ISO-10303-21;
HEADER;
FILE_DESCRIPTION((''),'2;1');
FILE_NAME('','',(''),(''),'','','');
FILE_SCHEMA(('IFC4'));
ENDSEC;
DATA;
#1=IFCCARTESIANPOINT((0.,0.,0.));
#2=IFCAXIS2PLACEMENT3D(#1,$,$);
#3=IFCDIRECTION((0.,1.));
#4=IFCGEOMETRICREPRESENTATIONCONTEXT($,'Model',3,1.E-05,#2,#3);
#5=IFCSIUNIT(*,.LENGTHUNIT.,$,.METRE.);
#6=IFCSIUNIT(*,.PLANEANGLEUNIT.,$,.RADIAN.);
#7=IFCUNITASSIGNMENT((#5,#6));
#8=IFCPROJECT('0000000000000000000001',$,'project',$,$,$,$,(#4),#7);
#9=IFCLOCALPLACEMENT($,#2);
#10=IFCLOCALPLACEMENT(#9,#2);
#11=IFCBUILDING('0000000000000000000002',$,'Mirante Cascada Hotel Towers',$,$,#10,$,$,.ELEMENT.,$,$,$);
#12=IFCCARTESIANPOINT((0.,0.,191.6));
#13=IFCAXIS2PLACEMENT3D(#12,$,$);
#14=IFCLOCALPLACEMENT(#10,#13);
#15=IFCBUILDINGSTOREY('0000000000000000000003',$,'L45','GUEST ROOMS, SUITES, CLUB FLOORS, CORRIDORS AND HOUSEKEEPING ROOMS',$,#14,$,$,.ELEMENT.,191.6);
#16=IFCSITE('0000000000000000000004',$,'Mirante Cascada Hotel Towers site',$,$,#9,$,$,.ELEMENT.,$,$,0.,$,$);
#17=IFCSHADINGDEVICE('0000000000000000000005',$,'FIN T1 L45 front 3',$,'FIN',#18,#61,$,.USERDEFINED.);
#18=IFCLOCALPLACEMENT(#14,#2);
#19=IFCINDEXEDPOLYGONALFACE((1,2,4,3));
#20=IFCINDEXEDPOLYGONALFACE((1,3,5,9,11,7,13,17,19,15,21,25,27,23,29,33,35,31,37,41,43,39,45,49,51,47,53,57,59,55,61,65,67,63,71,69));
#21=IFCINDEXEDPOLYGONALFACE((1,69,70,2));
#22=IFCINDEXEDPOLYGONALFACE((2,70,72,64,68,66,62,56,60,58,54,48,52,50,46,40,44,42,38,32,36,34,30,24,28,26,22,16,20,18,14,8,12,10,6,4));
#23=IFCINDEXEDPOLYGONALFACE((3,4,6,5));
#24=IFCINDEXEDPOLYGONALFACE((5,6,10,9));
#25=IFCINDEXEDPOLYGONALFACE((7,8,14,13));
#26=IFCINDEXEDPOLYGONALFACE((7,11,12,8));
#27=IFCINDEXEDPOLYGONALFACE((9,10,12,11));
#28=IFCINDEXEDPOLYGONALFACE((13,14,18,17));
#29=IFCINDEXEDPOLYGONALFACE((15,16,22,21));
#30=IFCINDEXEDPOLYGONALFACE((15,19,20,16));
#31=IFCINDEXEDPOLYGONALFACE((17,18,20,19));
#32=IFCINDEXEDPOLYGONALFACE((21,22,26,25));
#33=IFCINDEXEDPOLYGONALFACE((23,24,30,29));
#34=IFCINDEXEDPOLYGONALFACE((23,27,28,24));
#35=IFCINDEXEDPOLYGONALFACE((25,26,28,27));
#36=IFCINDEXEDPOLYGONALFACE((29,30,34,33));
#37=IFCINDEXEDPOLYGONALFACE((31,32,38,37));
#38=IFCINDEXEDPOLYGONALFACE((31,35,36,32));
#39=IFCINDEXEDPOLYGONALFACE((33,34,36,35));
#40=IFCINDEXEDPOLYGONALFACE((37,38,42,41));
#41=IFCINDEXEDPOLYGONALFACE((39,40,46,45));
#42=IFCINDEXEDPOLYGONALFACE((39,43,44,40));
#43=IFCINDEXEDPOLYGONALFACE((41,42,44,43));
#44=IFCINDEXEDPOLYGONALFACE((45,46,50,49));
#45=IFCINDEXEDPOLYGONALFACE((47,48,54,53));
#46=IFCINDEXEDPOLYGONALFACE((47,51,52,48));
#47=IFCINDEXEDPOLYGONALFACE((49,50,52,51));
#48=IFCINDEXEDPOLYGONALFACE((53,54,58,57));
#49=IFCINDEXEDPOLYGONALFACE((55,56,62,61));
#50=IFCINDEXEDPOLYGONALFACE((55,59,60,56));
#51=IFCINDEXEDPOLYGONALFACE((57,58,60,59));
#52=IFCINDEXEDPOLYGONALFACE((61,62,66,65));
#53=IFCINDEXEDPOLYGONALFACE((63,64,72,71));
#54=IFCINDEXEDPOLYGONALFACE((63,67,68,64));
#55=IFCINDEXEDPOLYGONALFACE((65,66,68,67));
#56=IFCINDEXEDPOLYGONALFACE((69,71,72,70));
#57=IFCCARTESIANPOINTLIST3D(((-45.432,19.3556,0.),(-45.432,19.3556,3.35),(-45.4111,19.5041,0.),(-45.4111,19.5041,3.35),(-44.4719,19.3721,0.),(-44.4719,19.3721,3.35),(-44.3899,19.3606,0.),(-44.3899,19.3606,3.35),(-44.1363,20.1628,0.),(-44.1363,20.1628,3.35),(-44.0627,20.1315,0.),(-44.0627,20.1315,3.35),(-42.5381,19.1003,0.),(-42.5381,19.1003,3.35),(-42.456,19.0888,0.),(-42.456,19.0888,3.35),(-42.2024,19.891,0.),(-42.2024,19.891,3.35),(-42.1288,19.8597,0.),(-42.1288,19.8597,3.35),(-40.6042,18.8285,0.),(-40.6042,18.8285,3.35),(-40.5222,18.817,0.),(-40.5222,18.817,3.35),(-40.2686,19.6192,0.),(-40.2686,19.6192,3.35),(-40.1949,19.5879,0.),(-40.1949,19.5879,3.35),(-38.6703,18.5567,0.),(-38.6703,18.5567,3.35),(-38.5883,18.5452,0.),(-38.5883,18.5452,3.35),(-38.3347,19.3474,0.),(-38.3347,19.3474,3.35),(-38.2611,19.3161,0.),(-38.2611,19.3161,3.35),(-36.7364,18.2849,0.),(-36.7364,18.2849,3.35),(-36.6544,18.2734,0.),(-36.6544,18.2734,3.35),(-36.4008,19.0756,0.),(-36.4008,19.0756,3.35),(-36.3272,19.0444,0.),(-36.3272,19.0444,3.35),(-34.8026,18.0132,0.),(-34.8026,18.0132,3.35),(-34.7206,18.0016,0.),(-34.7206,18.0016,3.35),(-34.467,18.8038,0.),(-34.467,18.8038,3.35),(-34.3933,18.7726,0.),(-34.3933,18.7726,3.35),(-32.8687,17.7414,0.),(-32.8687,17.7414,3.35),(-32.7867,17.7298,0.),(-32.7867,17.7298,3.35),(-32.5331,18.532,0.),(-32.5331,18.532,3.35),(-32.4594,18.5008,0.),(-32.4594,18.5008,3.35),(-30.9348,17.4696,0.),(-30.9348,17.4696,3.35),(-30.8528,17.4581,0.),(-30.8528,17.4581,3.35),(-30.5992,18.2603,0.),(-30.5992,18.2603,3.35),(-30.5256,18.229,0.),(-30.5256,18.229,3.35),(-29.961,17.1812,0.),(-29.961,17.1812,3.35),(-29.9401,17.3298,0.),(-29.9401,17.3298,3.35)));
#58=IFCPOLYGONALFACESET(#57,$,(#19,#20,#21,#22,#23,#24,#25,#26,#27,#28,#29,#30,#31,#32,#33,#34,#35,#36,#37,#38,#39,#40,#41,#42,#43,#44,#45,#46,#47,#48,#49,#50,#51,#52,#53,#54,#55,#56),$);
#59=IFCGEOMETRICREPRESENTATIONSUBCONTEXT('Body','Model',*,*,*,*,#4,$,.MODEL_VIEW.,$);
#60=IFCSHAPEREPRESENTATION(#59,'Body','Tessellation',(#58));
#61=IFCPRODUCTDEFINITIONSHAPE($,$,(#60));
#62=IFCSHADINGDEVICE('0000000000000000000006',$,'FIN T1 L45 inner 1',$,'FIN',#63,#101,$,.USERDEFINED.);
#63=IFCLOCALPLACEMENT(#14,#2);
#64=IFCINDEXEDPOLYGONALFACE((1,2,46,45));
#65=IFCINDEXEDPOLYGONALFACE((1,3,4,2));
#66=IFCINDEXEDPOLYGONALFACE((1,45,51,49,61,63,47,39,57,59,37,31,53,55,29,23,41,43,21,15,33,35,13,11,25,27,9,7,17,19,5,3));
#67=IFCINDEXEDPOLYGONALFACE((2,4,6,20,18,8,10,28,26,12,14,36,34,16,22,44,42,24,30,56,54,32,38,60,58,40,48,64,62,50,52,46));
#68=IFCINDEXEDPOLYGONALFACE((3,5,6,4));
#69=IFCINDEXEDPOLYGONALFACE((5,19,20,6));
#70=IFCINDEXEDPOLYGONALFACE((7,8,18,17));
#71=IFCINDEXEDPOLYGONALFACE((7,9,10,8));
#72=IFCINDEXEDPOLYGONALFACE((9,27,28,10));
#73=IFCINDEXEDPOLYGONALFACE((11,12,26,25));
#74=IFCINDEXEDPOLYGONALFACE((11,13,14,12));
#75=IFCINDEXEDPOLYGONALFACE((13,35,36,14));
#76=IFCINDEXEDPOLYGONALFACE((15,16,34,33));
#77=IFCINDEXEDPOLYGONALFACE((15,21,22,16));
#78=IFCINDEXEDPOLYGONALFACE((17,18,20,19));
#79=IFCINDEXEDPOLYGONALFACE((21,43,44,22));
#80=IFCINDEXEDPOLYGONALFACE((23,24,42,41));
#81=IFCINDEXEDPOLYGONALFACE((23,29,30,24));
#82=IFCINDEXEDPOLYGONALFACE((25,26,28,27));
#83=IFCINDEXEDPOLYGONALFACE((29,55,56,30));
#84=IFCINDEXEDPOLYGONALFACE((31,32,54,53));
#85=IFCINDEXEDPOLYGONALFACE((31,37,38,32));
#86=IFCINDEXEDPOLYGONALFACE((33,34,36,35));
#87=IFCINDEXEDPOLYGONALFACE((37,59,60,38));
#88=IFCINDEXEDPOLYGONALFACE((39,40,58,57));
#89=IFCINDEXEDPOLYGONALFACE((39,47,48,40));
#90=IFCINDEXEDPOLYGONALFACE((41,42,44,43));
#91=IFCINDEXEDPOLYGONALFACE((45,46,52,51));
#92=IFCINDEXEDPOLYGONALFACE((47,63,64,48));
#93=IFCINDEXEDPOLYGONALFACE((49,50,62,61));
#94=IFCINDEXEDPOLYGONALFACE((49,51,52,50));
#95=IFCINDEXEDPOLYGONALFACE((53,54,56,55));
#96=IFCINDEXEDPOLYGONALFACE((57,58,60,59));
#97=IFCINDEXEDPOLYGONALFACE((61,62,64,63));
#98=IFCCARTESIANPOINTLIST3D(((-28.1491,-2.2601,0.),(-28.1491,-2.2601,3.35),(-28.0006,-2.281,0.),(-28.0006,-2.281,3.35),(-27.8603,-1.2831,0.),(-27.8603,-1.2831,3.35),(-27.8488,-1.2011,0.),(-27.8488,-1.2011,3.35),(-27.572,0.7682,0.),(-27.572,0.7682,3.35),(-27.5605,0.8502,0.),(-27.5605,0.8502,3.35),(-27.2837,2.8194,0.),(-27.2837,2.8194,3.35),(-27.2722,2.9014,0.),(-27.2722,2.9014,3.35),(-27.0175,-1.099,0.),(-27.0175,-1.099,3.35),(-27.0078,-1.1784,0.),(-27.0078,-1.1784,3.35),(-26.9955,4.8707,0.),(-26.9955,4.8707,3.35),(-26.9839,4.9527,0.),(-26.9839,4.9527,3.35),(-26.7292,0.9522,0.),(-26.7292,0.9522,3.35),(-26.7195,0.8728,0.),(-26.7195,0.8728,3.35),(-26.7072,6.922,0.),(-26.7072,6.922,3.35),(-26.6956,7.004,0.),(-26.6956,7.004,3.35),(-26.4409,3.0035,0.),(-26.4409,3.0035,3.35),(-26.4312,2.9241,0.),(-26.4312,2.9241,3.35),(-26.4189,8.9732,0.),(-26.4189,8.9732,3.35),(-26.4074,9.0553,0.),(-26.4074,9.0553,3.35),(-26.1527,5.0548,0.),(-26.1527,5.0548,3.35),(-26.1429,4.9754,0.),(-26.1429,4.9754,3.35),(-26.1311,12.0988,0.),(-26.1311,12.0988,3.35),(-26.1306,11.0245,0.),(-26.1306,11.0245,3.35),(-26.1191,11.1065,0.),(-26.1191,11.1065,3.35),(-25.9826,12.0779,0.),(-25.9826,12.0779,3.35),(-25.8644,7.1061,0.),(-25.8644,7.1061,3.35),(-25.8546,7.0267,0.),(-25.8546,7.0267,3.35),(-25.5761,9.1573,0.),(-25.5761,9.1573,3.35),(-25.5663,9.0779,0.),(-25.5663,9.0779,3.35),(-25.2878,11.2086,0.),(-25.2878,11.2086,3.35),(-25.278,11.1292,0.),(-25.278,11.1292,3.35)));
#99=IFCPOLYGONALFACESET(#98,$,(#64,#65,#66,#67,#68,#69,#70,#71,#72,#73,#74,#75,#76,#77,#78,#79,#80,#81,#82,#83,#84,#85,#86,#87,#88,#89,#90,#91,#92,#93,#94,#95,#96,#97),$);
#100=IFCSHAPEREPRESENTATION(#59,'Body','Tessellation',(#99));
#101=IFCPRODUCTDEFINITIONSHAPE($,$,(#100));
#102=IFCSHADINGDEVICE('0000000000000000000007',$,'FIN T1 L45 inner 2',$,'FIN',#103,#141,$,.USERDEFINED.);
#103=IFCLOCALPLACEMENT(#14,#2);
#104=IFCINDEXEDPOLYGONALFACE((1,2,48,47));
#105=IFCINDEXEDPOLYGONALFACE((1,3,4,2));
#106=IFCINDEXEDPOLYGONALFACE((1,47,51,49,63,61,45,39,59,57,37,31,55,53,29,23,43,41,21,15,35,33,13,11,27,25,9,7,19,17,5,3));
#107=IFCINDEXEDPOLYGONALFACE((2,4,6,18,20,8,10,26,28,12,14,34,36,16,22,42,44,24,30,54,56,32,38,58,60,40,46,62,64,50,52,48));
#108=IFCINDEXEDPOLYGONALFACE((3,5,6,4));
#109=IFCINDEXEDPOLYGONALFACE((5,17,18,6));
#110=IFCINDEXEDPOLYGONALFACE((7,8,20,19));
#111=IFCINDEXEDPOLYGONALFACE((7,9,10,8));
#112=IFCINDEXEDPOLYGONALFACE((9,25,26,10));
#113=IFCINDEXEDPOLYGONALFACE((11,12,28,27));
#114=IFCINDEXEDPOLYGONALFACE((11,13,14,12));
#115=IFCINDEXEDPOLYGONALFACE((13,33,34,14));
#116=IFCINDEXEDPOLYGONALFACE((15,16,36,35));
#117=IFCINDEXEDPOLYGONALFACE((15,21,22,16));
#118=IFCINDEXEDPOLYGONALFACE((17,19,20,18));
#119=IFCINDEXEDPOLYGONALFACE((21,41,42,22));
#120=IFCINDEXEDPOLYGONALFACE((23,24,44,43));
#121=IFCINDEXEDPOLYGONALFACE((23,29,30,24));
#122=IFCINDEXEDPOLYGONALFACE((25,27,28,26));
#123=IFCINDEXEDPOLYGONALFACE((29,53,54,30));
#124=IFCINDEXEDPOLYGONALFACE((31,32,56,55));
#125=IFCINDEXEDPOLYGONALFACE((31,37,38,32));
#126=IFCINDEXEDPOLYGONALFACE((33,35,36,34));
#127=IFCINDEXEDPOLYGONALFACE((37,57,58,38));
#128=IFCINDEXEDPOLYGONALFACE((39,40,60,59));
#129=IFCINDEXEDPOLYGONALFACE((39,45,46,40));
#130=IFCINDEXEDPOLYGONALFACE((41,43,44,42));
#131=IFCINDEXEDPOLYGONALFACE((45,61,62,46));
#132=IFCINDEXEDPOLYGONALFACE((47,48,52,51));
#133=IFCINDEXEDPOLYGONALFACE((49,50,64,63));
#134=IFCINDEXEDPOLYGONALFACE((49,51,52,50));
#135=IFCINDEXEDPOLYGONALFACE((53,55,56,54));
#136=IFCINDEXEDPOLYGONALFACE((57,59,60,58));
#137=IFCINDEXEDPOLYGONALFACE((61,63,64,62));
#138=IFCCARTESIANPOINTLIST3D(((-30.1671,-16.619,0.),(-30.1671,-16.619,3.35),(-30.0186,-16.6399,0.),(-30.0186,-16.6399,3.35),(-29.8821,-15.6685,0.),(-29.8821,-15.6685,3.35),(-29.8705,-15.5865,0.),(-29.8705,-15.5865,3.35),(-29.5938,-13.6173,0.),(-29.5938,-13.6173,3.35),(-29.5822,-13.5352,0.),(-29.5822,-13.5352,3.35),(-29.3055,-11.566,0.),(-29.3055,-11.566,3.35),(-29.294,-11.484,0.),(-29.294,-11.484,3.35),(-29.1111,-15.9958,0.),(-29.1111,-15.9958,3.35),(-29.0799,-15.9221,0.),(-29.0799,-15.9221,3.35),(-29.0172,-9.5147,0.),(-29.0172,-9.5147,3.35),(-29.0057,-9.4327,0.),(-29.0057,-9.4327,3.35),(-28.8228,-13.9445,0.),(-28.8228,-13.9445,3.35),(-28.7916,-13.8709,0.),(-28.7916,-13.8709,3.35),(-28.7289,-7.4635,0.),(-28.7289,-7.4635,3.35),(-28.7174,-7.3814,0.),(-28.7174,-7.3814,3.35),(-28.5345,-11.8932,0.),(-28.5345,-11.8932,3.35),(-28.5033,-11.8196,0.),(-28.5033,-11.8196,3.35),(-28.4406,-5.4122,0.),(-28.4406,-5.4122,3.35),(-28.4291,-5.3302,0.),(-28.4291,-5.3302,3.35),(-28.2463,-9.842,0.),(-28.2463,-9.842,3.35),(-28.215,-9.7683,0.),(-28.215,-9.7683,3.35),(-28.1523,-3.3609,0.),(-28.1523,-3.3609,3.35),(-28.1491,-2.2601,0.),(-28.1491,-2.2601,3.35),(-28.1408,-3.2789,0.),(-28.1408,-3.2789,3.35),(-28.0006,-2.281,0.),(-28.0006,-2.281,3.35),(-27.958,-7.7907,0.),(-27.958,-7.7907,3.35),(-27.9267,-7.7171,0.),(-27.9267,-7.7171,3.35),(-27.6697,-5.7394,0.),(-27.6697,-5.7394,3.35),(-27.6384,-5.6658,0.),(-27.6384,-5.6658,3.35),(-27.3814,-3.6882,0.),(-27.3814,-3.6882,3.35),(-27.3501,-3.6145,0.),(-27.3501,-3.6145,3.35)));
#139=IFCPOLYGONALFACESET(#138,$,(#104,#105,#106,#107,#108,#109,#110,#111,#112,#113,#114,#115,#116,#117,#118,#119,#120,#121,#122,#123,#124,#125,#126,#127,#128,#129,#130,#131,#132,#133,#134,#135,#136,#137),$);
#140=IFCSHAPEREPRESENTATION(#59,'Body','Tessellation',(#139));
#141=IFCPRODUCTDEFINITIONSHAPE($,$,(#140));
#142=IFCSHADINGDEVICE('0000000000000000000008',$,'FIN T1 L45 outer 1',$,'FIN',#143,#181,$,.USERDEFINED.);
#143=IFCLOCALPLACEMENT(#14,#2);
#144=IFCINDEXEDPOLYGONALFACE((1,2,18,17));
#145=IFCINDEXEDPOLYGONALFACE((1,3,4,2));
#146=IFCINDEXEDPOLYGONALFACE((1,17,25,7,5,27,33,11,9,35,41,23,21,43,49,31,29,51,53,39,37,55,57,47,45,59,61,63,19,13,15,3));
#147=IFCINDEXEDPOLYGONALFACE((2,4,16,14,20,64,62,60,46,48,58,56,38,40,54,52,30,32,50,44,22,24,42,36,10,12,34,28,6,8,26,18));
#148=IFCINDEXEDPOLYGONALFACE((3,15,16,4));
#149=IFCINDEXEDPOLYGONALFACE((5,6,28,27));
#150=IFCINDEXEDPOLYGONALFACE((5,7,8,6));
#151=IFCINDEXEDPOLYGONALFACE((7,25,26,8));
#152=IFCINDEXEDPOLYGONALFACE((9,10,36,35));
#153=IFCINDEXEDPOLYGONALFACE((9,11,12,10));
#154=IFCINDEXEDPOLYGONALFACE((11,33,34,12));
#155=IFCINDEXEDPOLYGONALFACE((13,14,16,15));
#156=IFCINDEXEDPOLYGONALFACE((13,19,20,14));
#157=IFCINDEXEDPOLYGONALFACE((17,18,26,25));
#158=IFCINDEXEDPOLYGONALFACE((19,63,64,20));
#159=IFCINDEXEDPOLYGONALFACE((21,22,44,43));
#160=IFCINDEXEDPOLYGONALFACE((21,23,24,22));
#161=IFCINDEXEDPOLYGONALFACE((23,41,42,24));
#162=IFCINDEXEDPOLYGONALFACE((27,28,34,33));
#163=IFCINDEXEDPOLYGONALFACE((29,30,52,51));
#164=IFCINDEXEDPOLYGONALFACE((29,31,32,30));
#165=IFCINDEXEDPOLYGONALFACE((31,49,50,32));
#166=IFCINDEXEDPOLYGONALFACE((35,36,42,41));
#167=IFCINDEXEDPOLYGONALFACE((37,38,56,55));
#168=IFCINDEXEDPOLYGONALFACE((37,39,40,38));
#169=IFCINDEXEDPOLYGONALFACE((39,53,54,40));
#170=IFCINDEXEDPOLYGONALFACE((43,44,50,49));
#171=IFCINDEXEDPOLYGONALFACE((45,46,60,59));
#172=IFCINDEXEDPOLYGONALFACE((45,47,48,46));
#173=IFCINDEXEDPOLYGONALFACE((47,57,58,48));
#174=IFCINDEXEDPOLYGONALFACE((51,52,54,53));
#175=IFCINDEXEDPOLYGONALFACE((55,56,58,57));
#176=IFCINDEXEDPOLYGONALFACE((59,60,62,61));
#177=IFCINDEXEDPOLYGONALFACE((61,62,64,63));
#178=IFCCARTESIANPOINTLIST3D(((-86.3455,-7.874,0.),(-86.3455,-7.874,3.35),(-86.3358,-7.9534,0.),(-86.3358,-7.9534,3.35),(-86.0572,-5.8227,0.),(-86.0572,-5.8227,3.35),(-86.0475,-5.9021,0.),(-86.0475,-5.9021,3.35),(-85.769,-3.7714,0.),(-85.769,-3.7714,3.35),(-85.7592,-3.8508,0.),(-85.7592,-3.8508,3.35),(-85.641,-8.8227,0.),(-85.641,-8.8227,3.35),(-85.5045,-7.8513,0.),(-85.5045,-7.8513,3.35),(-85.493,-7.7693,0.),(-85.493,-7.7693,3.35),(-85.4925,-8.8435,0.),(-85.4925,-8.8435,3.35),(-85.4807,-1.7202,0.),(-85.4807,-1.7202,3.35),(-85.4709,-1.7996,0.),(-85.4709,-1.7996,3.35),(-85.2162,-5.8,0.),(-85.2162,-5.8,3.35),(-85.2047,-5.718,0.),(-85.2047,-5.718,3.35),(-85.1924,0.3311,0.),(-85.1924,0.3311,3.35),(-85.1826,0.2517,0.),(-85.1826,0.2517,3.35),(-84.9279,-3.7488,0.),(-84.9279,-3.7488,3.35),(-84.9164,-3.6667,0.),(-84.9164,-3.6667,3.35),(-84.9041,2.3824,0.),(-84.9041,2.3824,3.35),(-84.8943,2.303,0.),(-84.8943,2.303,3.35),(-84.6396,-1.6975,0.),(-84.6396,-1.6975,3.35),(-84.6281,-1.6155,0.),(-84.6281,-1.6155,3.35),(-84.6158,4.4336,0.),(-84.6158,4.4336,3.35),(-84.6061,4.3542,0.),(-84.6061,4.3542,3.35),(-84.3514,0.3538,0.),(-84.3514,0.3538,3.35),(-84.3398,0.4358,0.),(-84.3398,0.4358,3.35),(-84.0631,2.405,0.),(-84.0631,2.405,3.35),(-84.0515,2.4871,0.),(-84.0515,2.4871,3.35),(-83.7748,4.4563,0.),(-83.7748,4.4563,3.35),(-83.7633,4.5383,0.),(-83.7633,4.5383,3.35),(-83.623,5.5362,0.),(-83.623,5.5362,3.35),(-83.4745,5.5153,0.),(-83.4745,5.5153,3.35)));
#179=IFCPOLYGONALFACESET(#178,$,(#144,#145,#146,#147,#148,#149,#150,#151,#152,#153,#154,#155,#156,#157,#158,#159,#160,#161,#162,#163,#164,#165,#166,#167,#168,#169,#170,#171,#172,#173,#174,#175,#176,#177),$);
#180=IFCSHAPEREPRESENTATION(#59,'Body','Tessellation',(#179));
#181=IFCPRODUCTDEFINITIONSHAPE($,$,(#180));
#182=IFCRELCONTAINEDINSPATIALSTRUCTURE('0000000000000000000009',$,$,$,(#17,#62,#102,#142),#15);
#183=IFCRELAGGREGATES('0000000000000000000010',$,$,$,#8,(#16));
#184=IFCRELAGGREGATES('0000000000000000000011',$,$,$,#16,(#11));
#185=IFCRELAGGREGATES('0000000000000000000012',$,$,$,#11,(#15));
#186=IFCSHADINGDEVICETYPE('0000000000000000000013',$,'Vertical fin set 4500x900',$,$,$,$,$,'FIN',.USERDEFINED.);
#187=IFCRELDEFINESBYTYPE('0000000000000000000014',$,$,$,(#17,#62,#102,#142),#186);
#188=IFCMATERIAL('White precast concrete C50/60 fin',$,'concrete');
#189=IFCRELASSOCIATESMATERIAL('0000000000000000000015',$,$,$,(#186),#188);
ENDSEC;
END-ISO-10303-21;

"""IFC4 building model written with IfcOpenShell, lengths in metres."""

from ifc_helpers import new_model, si_unit, direction, frame, origin, place, context, subcontext, project, spatial, polyline, outline, extrude, material, type_object, element, save


model = new_model("IFC4")

# Units and contexts
model_context = context("Model", 3, precision=1e-05, world=origin(), true_north=direction((0.0, 1.0)))
body_context = subcontext(model_context, "Body", "Model", "MODEL_VIEW")
ifc_project = project(units=[si_unit("LENGTHUNIT", "METRE"), si_unit("PLANEANGLEUNIT", "RADIAN")], contexts=[model_context])

# Site, building, storey
site_placement = place(None, origin())
site = spatial("IfcSite", under=ifc_project, at=site_placement, Name="Mirante Cascada Hotel Towers site", CompositionType="ELEMENT", RefElevation=0.0)
building_placement = place(site_placement, origin())
building = spatial("IfcBuilding", under=site, at=building_placement, Name="Mirante Cascada Hotel Towers", CompositionType="ELEMENT")
storey_placement = place(building_placement, frame((0.0, 0.0, 191.6)))
storey = spatial("IfcBuildingStorey", under=building, at=storey_placement, Name="L45", Description="GUEST ROOMS, SUITES, CLUB FLOORS, CORRIDORS AND HOUSEKEEPING ROOMS", CompositionType="ELEMENT", Elevation=191.6)

# Shading devices
ifc_material_1 = material(Name="White precast concrete C50/60 fin", Category="concrete")
shading_device_type = type_object("IfcShadingDeviceType", Name="Vertical fin set 4500x900", ElementType="FIN", PredefinedType="USERDEFINED", material=ifc_material_1)
shading_device_1_placement = place(storey_placement, origin())
element("IfcShadingDevice", 1, at=shading_device_1_placement, inside=storey, type_object=shading_device_type, Name="FIN T1 L45 front 3", ObjectType="FIN", PredefinedType="USERDEFINED", context=body_context, shape_type="SweptSolid", body=[
    extrude(outline(polyline([(-30.8528, 17.4581), (-29.9401, 17.3298), (-29.961, 17.1812), (-45.432, 19.3556), (-45.4111, 19.5041), (-44.4719, 19.3721), (-44.1363, 20.1628), (-44.0627, 20.1315), (-44.3899, 19.3606), (-42.5381, 19.1003), (-42.2024, 19.891), (-42.1288, 19.8597), (-42.456, 19.0888), (-40.6042, 18.8285), (-40.2686, 19.6192), (-40.1949, 19.5879), (-40.5222, 18.817), (-38.6703, 18.5567), (-38.3347, 19.3474), (-38.2611, 19.3161), (-38.5883, 18.5452), (-36.7364, 18.2849), (-36.4008, 19.0756), (-36.3272, 19.0444), (-36.6544, 18.2734), (-34.8026, 18.0132), (-34.467, 18.8038), (-34.3933, 18.7726), (-34.7206, 18.0016), (-32.8687, 17.7414), (-32.5331, 18.532), (-32.4594, 18.5008), (-32.7867, 17.7298), (-30.9348, 17.4696), (-30.5992, 18.2603), (-30.5256, 18.229), (-30.8528, 17.4581)])), origin(), (0.0, 0.0, 1.0), 3.35),
])
shading_device_2_placement = place(storey_placement, origin())
element("IfcShadingDevice", 2, at=shading_device_2_placement, inside=storey, type_object=shading_device_type, Name="FIN T1 L45 inner 1", ObjectType="FIN", PredefinedType="USERDEFINED", context=body_context, shape_type="SweptSolid", body=[
    extrude(outline(polyline([(-27.8603, -1.2831), (-28.0006, -2.281), (-28.1491, -2.2601), (-26.1311, 12.0988), (-25.9826, 12.0779), (-26.1191, 11.1065), (-25.2878, 11.2086), (-25.278, 11.1292), (-26.1306, 11.0245), (-26.4074, 9.0553), (-25.5761, 9.1573), (-25.5663, 9.0779), (-26.4189, 8.9732), (-26.6956, 7.004), (-25.8644, 7.1061), (-25.8546, 7.0267), (-26.7072, 6.922), (-26.9839, 4.9527), (-26.1527, 5.0548), (-26.1429, 4.9754), (-26.9955, 4.8707), (-27.2722, 2.9014), (-26.4409, 3.0035), (-26.4312, 2.9241), (-27.2837, 2.8194), (-27.5605, 0.8502), (-26.7292, 0.9522), (-26.7195, 0.8728), (-27.572, 0.7682), (-27.8488, -1.2011), (-27.0175, -1.099), (-27.0078, -1.1784), (-27.8603, -1.2831)])), origin(), (0.0, 0.0, 1.0), 3.35),
])
shading_device_3_placement = place(storey_placement, origin())
element("IfcShadingDevice", 3, at=shading_device_3_placement, inside=storey, type_object=shading_device_type, Name="FIN T1 L45 inner 2", ObjectType="FIN", PredefinedType="USERDEFINED", context=body_context, shape_type="SweptSolid", body=[
    extrude(outline(polyline([(-29.8821, -15.6685), (-30.0186, -16.6399), (-30.1671, -16.619), (-28.1491, -2.2601), (-28.0006, -2.281), (-28.1408, -3.2789), (-27.3501, -3.6145), (-27.3814, -3.6882), (-28.1523, -3.3609), (-28.4291, -5.3302), (-27.6384, -5.6658), (-27.6697, -5.7394), (-28.4406, -5.4122), (-28.7174, -7.3814), (-27.9267, -7.7171), (-27.958, -7.7907), (-28.7289, -7.4635), (-29.0057, -9.4327), (-28.215, -9.7683), (-28.2463, -9.842), (-29.0172, -9.5147), (-29.294, -11.484), (-28.5033, -11.8196), (-28.5345, -11.8932), (-29.3055, -11.566), (-29.5822, -13.5352), (-28.7916, -13.8709), (-28.8228, -13.9445), (-29.5938, -13.6173), (-29.8705, -15.5865), (-29.0799, -15.9221), (-29.1111, -15.9958), (-29.8821, -15.6685)])), origin(), (0.0, 0.0, 1.0), 3.35),
])
shading_device_4_placement = place(storey_placement, origin())
element("IfcShadingDevice", 4, at=shading_device_4_placement, inside=storey, type_object=shading_device_type, Name="FIN T1 L45 outer 1", ObjectType="FIN", PredefinedType="USERDEFINED", context=body_context, shape_type="SweptSolid", body=[
    extrude(outline(polyline([(-85.493, -7.7693), (-85.2162, -5.8), (-86.0475, -5.9021), (-86.0572, -5.8227), (-85.2047, -5.718), (-84.9279, -3.7488), (-85.7592, -3.8508), (-85.769, -3.7714), (-84.9164, -3.6667), (-84.6396, -1.6975), (-85.4709, -1.7996), (-85.4807, -1.7202), (-84.6281, -1.6155), (-84.3514, 0.3538), (-85.1826, 0.2517), (-85.1924, 0.3311), (-84.3398, 0.4358), (-84.0631, 2.405), (-84.8943, 2.303), (-84.9041, 2.3824), (-84.0515, 2.4871), (-83.7748, 4.4563), (-84.6061, 4.3542), (-84.6158, 4.4336), (-83.7633, 4.5383), (-83.623, 5.5362), (-83.4745, 5.5153), (-85.4925, -8.8435), (-85.641, -8.8227), (-85.5045, -7.8513), (-86.3358, -7.9534), (-86.3455, -7.874), (-85.493, -7.7693)])), origin(), (0.0, 0.0, 1.0), 3.35),
])

save(model, "model.ifc")
